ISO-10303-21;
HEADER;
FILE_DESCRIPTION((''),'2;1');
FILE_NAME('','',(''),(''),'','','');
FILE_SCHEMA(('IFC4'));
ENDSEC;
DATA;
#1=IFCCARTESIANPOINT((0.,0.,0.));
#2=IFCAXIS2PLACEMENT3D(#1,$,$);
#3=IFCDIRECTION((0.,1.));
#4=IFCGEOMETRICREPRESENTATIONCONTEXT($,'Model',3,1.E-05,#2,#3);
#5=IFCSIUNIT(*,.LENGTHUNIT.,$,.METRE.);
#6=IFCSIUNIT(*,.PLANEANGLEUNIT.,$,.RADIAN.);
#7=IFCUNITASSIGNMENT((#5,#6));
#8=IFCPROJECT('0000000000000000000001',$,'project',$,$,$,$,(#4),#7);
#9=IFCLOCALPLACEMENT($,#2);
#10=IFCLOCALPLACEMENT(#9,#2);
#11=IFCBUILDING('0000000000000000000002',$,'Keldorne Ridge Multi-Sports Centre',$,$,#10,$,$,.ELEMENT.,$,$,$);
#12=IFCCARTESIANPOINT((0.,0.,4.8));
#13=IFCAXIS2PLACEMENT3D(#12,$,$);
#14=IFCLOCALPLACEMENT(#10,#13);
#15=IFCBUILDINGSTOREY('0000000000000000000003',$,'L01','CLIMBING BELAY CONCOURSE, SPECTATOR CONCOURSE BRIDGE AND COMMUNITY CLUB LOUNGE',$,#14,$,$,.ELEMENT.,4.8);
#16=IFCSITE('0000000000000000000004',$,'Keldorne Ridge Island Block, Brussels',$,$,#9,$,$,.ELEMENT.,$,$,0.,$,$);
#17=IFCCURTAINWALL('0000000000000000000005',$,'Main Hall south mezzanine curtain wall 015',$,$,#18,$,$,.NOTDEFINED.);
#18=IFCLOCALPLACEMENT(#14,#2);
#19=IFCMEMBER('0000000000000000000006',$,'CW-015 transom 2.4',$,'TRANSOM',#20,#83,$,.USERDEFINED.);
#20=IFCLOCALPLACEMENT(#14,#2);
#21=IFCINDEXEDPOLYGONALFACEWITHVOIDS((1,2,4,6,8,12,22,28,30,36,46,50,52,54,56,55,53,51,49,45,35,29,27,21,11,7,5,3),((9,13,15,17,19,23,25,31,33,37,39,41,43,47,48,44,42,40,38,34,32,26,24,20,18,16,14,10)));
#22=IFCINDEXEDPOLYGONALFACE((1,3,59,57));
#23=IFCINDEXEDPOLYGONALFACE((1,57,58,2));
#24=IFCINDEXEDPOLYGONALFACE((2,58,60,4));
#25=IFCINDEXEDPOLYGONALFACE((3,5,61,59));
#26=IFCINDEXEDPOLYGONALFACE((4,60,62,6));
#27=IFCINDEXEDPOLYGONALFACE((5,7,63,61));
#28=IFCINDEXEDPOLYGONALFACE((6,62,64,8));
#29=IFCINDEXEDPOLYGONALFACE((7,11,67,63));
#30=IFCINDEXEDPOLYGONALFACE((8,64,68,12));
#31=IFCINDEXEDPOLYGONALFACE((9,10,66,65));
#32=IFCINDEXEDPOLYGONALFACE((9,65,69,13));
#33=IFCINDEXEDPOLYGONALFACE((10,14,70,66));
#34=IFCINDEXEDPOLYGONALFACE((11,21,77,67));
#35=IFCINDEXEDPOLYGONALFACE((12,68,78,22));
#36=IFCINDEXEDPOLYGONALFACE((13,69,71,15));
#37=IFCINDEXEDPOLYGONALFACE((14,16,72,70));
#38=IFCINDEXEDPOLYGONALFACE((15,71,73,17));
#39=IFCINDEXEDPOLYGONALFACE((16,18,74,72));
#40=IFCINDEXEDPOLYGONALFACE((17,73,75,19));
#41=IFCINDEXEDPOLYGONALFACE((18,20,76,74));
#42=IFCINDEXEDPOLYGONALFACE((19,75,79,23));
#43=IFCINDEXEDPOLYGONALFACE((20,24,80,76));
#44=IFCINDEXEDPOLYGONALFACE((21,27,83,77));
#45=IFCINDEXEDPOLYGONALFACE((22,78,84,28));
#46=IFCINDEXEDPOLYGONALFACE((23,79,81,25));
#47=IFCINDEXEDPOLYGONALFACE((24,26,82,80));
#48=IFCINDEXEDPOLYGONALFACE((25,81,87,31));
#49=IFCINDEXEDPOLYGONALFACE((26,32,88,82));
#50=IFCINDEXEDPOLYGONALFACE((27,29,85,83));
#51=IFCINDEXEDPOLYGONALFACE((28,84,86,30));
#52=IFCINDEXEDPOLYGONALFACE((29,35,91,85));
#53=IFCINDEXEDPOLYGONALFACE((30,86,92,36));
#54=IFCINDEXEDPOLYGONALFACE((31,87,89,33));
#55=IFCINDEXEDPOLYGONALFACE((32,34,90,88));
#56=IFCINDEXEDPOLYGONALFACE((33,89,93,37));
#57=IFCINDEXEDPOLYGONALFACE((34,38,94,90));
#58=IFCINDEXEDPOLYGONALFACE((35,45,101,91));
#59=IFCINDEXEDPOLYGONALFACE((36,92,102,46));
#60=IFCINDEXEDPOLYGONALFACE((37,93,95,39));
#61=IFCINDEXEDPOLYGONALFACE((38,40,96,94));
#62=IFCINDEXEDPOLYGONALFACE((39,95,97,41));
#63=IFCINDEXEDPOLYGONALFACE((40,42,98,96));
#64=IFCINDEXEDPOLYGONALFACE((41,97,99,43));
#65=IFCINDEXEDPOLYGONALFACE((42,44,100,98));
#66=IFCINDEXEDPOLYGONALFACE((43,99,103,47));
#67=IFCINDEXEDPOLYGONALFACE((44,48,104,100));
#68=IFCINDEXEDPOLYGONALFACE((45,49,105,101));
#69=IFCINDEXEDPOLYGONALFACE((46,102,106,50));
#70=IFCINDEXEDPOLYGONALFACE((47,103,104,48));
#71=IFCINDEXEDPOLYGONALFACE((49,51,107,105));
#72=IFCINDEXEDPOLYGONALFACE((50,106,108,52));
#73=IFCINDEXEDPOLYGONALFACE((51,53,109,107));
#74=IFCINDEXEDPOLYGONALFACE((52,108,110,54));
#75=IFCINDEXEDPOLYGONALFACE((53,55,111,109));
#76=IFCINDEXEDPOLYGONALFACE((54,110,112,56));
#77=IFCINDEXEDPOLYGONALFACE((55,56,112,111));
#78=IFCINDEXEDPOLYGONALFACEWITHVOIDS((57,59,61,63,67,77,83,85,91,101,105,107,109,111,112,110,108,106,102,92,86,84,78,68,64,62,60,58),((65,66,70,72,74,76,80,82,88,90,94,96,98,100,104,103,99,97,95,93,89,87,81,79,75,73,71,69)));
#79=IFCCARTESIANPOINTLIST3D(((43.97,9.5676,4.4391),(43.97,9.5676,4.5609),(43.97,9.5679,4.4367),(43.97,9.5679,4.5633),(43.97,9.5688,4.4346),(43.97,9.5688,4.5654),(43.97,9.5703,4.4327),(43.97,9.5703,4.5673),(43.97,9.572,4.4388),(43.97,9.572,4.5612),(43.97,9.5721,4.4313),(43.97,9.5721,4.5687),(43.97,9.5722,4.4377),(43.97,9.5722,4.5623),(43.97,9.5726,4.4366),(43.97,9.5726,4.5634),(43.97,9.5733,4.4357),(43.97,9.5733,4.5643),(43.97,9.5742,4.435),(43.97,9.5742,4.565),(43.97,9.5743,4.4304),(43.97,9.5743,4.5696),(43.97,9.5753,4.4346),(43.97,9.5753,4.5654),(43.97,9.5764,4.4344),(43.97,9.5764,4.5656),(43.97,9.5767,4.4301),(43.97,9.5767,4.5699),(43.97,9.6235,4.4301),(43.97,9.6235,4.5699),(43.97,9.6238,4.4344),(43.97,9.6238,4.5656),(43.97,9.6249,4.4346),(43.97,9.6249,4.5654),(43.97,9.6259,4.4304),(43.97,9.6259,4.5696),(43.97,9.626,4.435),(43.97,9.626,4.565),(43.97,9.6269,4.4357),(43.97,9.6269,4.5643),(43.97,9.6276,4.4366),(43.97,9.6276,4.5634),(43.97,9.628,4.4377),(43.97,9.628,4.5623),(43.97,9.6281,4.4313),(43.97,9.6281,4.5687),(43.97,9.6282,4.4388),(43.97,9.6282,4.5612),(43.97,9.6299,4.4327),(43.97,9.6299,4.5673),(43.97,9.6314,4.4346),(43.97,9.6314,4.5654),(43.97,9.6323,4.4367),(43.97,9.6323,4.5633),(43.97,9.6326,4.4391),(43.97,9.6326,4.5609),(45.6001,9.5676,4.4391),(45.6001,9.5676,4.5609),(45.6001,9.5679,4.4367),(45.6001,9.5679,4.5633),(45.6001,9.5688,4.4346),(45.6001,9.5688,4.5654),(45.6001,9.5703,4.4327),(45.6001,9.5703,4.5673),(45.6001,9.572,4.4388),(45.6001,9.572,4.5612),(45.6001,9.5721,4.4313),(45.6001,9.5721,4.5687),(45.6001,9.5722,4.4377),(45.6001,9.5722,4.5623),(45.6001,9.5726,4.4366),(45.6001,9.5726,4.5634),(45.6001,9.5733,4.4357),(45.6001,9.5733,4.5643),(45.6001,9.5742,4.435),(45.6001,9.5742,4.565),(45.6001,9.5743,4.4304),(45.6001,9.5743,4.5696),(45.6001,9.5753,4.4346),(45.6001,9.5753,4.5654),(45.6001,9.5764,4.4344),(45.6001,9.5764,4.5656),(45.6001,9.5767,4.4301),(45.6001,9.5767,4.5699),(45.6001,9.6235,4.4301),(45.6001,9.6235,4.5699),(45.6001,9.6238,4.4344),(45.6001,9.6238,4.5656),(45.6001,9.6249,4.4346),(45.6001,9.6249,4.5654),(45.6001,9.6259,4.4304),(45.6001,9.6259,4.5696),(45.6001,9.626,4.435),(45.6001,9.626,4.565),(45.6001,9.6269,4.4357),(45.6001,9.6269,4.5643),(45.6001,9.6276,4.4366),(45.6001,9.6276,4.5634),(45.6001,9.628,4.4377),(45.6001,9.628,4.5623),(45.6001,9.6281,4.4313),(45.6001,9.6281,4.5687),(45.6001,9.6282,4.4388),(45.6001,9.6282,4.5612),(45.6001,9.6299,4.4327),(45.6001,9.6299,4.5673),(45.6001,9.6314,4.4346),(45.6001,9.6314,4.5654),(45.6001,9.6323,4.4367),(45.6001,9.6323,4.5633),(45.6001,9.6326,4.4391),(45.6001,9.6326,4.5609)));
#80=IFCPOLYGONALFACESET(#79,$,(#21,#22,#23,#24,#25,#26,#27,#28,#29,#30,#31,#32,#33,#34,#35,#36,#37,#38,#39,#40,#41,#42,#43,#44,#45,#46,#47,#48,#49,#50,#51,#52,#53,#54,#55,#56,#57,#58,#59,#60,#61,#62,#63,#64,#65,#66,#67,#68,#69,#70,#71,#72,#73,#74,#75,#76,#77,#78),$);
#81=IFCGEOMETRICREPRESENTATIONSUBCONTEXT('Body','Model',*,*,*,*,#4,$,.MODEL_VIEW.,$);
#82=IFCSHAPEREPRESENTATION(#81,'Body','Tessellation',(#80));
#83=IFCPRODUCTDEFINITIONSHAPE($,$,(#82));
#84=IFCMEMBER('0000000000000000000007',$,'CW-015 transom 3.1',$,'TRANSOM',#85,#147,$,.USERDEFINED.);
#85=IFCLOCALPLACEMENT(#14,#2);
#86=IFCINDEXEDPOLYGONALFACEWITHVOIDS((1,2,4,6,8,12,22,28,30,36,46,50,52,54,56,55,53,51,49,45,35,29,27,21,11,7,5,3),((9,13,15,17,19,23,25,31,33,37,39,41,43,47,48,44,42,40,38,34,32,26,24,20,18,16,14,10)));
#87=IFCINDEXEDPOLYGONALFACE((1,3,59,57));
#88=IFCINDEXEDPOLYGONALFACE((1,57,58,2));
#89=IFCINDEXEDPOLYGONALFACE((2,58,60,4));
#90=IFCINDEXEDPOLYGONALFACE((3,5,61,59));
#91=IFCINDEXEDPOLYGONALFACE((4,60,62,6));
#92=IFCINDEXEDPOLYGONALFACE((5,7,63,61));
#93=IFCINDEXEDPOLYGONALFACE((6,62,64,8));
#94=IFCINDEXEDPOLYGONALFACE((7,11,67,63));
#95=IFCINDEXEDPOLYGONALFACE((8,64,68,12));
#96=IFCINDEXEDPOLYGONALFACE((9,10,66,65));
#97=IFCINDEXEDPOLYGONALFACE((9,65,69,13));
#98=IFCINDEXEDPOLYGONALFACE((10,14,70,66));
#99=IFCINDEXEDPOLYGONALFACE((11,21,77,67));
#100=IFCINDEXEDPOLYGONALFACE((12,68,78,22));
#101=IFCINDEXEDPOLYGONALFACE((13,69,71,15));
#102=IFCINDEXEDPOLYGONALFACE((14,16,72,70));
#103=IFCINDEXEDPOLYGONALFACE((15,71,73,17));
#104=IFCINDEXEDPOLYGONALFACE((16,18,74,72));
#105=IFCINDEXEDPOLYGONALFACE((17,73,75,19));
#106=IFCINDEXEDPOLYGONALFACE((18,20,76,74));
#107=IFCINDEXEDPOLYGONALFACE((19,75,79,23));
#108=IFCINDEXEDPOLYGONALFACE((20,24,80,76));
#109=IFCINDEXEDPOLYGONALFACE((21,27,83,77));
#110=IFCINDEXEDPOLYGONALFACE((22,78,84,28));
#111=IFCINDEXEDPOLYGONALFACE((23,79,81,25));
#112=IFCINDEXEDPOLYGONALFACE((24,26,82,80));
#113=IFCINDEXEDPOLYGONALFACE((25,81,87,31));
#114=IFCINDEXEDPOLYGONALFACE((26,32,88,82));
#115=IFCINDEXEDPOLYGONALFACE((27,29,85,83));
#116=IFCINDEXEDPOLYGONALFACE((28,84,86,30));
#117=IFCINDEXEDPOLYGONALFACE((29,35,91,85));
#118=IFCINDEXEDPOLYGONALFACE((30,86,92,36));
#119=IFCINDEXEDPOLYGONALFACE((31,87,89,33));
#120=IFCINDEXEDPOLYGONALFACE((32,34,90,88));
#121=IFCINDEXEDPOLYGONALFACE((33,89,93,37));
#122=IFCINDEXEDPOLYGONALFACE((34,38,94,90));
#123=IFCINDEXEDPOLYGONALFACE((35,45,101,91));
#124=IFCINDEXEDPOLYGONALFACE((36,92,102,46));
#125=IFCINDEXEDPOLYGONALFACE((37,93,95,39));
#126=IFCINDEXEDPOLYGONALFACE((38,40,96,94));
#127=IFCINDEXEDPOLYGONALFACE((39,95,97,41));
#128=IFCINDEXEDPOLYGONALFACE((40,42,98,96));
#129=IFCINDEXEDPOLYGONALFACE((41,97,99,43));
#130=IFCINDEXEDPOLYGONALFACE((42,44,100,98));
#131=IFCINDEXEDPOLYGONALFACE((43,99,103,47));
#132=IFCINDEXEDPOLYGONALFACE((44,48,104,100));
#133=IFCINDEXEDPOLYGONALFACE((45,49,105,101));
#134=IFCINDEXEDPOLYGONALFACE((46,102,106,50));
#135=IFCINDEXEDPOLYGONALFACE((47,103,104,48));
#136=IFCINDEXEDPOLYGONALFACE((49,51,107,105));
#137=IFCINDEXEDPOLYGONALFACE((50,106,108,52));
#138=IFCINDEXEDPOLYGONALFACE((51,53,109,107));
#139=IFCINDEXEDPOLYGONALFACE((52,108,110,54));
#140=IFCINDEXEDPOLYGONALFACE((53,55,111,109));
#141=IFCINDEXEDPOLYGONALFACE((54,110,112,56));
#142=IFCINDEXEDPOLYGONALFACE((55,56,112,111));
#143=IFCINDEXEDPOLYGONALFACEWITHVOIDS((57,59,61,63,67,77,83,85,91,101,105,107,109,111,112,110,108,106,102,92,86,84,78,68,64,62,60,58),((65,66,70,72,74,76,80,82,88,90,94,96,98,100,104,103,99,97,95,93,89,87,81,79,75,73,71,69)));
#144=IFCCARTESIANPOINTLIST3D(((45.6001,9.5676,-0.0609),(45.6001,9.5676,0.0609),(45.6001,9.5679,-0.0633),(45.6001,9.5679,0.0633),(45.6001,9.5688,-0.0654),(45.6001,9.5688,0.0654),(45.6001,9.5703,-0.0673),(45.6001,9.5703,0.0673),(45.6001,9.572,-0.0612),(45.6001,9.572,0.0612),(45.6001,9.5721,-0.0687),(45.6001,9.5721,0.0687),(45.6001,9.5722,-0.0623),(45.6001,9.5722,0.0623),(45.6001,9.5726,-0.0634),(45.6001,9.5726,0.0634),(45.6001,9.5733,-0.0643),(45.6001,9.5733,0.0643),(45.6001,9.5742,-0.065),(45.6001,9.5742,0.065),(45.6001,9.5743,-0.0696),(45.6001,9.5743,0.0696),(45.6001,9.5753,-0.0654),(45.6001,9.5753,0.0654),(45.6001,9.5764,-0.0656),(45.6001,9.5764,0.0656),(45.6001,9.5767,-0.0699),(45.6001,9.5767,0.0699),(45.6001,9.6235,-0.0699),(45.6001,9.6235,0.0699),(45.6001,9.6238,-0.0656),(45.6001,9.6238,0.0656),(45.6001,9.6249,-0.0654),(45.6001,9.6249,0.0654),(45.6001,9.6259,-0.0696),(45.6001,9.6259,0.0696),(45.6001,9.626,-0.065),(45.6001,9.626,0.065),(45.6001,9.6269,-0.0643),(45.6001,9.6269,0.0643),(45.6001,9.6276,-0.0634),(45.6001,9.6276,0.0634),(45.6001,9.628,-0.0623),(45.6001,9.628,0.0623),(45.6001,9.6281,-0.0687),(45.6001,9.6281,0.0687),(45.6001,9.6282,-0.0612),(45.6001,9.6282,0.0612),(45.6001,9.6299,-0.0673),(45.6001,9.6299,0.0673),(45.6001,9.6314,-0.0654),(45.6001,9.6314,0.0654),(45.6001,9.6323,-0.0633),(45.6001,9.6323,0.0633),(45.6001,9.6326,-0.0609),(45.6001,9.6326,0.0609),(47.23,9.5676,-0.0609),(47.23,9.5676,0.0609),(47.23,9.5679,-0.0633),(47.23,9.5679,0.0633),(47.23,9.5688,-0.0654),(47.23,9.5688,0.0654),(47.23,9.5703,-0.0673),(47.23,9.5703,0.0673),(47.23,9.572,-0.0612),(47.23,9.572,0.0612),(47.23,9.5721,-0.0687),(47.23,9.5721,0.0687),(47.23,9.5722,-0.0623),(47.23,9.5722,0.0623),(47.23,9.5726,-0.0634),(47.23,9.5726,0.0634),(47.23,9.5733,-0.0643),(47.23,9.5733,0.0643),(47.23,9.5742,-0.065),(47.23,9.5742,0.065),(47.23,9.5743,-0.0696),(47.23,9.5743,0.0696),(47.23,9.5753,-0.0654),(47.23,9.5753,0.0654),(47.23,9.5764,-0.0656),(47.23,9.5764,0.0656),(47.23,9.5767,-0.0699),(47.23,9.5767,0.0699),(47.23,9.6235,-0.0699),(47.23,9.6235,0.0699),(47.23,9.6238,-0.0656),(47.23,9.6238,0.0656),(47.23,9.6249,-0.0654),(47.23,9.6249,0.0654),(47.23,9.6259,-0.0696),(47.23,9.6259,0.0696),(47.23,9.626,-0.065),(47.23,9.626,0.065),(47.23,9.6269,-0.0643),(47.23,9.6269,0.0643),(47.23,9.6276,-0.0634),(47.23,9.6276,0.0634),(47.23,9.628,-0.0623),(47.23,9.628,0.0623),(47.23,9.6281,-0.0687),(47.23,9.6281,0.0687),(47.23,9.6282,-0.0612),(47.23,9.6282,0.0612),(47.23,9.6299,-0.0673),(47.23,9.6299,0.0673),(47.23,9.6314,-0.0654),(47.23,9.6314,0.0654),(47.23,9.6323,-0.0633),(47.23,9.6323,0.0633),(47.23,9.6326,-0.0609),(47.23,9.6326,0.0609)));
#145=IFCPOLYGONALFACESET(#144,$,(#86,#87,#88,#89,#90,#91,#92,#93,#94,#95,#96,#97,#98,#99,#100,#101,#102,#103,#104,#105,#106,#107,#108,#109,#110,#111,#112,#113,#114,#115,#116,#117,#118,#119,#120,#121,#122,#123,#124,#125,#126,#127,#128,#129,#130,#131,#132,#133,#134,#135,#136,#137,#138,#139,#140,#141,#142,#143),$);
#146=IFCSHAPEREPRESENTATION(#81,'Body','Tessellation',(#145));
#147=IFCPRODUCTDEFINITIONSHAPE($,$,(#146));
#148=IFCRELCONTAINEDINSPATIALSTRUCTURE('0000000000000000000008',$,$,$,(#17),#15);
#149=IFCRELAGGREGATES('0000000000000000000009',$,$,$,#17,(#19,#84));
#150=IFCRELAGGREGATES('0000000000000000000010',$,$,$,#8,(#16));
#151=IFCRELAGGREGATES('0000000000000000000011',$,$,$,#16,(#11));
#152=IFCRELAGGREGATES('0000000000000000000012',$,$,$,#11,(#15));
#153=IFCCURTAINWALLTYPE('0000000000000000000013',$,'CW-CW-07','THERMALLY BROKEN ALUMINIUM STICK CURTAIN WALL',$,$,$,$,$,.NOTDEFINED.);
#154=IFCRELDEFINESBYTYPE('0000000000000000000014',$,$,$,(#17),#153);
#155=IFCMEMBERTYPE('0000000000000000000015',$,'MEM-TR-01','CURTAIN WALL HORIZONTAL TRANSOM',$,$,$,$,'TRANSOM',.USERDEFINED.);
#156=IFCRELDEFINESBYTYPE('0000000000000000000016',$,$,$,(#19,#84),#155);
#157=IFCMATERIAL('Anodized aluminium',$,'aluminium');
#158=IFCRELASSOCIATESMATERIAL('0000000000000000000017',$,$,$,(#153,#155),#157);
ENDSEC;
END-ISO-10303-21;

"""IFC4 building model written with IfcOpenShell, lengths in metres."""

from ifc_helpers import new_model, si_unit, direction, frame, origin, origin_2d, place, context, subcontext, project, spatial, hollow_rectangle, extrude, material, material_profile, profile_set, type_object, element, aggregate, save


model = new_model("IFC4")

# Units and contexts
model_context = context("Model", 3, precision=1e-05, world=origin(), true_north=direction((0.0, 1.0)))
body_context = subcontext(model_context, "Body", "Model", "MODEL_VIEW")
ifc_project = project(units=[si_unit("LENGTHUNIT", "METRE"), si_unit("PLANEANGLEUNIT", "RADIAN")], contexts=[model_context])

# Site, building, storey
site_placement = place(None, origin())
site = spatial("IfcSite", under=ifc_project, at=site_placement, Name="Keldorne Ridge Island Block, Brussels", CompositionType="ELEMENT", RefElevation=0.0)
building_placement = place(site_placement, origin())
building = spatial("IfcBuilding", under=site, at=building_placement, Name="Keldorne Ridge Multi-Sports Centre", CompositionType="ELEMENT")
storey_placement = place(building_placement, frame((0.0, 0.0, 4.8)))
storey = spatial("IfcBuildingStorey", under=building, at=storey_placement, Name="L01", Description="CLIMBING BELAY CONCOURSE, SPECTATOR CONCOURSE BRIDGE AND COMMUNITY CLUB LOUNGE", CompositionType="ELEMENT", Elevation=4.8)

# Curtain wall, members
ifc_material_1 = material(Name="Anodized aluminium", Category="aluminium")
curtain_wall_type = type_object("IfcCurtainWallType", Name="CW-CW-07", Description="THERMALLY BROKEN ALUMINIUM STICK CURTAIN WALL", PredefinedType="NOTDEFINED", material=ifc_material_1)
curtain_wall_placement = place(storey_placement, origin())
curtain_wall = element("IfcCurtainWall", 1, at=curtain_wall_placement, inside=storey, type_object=curtain_wall_type, Name="Main Hall south mezzanine curtain wall 015", PredefinedType="NOTDEFINED")
ifc_material_profile_1 = material_profile(ifc_material_1, hollow_rectangle(XDim=0.0649, YDim=0.1399, WallThickness=0.0044, InnerFilletRadius=0.0044, OuterFilletRadius=0.009, at=origin_2d()), Name="ALU TRANSOM 140x65x4.5")
ifc_profile_set_1 = profile_set([ifc_material_profile_1], Name="Anodized aluminium")
member_type_1 = type_object("IfcMemberType", Name="MEM-TR-01", Description="CURTAIN WALL HORIZONTAL TRANSOM", ElementType="TRANSOM", PredefinedType="USERDEFINED", material=ifc_profile_set_1)
member_1_placement = place(storey_placement, frame((43.97, 9.6001, 4.5), z_axis=(1.0, 0.0, 0.0), x_axis=(0.0, 1.0, 0.0)))
member_1 = element("IfcMember", 2, at=member_1_placement, type_object=member_type_1, Name="CW-015 transom 2.4", ObjectType="TRANSOM", PredefinedType="USERDEFINED", context=body_context, shape_type="SweptSolid", body=[
    extrude(hollow_rectangle(XDim=0.0649, YDim=0.1399, WallThickness=0.0044, InnerFilletRadius=0.0044, OuterFilletRadius=0.009, at=origin_2d()), origin(), (0.0, 0.0, 1.0), 1.6301),
])
member_2_placement = place(storey_placement, frame((45.6001, 9.6001, 0.0), z_axis=(1.0, 0.0, 0.0), x_axis=(0.0, 1.0, 0.0)))
member_2 = element("IfcMember", 3, at=member_2_placement, type_object=member_type_1, Name="CW-015 transom 3.1", ObjectType="TRANSOM", PredefinedType="USERDEFINED", context=body_context, shape_type="SweptSolid", body=[
    extrude(hollow_rectangle(XDim=0.0649, YDim=0.1399, WallThickness=0.0044, InnerFilletRadius=0.0044, OuterFilletRadius=0.009, at=origin_2d()), origin(), (0.0, 0.0, 1.0), 1.6299),
])
aggregate(curtain_wall, [member_1, member_2])

save(model, "model.ifc")
